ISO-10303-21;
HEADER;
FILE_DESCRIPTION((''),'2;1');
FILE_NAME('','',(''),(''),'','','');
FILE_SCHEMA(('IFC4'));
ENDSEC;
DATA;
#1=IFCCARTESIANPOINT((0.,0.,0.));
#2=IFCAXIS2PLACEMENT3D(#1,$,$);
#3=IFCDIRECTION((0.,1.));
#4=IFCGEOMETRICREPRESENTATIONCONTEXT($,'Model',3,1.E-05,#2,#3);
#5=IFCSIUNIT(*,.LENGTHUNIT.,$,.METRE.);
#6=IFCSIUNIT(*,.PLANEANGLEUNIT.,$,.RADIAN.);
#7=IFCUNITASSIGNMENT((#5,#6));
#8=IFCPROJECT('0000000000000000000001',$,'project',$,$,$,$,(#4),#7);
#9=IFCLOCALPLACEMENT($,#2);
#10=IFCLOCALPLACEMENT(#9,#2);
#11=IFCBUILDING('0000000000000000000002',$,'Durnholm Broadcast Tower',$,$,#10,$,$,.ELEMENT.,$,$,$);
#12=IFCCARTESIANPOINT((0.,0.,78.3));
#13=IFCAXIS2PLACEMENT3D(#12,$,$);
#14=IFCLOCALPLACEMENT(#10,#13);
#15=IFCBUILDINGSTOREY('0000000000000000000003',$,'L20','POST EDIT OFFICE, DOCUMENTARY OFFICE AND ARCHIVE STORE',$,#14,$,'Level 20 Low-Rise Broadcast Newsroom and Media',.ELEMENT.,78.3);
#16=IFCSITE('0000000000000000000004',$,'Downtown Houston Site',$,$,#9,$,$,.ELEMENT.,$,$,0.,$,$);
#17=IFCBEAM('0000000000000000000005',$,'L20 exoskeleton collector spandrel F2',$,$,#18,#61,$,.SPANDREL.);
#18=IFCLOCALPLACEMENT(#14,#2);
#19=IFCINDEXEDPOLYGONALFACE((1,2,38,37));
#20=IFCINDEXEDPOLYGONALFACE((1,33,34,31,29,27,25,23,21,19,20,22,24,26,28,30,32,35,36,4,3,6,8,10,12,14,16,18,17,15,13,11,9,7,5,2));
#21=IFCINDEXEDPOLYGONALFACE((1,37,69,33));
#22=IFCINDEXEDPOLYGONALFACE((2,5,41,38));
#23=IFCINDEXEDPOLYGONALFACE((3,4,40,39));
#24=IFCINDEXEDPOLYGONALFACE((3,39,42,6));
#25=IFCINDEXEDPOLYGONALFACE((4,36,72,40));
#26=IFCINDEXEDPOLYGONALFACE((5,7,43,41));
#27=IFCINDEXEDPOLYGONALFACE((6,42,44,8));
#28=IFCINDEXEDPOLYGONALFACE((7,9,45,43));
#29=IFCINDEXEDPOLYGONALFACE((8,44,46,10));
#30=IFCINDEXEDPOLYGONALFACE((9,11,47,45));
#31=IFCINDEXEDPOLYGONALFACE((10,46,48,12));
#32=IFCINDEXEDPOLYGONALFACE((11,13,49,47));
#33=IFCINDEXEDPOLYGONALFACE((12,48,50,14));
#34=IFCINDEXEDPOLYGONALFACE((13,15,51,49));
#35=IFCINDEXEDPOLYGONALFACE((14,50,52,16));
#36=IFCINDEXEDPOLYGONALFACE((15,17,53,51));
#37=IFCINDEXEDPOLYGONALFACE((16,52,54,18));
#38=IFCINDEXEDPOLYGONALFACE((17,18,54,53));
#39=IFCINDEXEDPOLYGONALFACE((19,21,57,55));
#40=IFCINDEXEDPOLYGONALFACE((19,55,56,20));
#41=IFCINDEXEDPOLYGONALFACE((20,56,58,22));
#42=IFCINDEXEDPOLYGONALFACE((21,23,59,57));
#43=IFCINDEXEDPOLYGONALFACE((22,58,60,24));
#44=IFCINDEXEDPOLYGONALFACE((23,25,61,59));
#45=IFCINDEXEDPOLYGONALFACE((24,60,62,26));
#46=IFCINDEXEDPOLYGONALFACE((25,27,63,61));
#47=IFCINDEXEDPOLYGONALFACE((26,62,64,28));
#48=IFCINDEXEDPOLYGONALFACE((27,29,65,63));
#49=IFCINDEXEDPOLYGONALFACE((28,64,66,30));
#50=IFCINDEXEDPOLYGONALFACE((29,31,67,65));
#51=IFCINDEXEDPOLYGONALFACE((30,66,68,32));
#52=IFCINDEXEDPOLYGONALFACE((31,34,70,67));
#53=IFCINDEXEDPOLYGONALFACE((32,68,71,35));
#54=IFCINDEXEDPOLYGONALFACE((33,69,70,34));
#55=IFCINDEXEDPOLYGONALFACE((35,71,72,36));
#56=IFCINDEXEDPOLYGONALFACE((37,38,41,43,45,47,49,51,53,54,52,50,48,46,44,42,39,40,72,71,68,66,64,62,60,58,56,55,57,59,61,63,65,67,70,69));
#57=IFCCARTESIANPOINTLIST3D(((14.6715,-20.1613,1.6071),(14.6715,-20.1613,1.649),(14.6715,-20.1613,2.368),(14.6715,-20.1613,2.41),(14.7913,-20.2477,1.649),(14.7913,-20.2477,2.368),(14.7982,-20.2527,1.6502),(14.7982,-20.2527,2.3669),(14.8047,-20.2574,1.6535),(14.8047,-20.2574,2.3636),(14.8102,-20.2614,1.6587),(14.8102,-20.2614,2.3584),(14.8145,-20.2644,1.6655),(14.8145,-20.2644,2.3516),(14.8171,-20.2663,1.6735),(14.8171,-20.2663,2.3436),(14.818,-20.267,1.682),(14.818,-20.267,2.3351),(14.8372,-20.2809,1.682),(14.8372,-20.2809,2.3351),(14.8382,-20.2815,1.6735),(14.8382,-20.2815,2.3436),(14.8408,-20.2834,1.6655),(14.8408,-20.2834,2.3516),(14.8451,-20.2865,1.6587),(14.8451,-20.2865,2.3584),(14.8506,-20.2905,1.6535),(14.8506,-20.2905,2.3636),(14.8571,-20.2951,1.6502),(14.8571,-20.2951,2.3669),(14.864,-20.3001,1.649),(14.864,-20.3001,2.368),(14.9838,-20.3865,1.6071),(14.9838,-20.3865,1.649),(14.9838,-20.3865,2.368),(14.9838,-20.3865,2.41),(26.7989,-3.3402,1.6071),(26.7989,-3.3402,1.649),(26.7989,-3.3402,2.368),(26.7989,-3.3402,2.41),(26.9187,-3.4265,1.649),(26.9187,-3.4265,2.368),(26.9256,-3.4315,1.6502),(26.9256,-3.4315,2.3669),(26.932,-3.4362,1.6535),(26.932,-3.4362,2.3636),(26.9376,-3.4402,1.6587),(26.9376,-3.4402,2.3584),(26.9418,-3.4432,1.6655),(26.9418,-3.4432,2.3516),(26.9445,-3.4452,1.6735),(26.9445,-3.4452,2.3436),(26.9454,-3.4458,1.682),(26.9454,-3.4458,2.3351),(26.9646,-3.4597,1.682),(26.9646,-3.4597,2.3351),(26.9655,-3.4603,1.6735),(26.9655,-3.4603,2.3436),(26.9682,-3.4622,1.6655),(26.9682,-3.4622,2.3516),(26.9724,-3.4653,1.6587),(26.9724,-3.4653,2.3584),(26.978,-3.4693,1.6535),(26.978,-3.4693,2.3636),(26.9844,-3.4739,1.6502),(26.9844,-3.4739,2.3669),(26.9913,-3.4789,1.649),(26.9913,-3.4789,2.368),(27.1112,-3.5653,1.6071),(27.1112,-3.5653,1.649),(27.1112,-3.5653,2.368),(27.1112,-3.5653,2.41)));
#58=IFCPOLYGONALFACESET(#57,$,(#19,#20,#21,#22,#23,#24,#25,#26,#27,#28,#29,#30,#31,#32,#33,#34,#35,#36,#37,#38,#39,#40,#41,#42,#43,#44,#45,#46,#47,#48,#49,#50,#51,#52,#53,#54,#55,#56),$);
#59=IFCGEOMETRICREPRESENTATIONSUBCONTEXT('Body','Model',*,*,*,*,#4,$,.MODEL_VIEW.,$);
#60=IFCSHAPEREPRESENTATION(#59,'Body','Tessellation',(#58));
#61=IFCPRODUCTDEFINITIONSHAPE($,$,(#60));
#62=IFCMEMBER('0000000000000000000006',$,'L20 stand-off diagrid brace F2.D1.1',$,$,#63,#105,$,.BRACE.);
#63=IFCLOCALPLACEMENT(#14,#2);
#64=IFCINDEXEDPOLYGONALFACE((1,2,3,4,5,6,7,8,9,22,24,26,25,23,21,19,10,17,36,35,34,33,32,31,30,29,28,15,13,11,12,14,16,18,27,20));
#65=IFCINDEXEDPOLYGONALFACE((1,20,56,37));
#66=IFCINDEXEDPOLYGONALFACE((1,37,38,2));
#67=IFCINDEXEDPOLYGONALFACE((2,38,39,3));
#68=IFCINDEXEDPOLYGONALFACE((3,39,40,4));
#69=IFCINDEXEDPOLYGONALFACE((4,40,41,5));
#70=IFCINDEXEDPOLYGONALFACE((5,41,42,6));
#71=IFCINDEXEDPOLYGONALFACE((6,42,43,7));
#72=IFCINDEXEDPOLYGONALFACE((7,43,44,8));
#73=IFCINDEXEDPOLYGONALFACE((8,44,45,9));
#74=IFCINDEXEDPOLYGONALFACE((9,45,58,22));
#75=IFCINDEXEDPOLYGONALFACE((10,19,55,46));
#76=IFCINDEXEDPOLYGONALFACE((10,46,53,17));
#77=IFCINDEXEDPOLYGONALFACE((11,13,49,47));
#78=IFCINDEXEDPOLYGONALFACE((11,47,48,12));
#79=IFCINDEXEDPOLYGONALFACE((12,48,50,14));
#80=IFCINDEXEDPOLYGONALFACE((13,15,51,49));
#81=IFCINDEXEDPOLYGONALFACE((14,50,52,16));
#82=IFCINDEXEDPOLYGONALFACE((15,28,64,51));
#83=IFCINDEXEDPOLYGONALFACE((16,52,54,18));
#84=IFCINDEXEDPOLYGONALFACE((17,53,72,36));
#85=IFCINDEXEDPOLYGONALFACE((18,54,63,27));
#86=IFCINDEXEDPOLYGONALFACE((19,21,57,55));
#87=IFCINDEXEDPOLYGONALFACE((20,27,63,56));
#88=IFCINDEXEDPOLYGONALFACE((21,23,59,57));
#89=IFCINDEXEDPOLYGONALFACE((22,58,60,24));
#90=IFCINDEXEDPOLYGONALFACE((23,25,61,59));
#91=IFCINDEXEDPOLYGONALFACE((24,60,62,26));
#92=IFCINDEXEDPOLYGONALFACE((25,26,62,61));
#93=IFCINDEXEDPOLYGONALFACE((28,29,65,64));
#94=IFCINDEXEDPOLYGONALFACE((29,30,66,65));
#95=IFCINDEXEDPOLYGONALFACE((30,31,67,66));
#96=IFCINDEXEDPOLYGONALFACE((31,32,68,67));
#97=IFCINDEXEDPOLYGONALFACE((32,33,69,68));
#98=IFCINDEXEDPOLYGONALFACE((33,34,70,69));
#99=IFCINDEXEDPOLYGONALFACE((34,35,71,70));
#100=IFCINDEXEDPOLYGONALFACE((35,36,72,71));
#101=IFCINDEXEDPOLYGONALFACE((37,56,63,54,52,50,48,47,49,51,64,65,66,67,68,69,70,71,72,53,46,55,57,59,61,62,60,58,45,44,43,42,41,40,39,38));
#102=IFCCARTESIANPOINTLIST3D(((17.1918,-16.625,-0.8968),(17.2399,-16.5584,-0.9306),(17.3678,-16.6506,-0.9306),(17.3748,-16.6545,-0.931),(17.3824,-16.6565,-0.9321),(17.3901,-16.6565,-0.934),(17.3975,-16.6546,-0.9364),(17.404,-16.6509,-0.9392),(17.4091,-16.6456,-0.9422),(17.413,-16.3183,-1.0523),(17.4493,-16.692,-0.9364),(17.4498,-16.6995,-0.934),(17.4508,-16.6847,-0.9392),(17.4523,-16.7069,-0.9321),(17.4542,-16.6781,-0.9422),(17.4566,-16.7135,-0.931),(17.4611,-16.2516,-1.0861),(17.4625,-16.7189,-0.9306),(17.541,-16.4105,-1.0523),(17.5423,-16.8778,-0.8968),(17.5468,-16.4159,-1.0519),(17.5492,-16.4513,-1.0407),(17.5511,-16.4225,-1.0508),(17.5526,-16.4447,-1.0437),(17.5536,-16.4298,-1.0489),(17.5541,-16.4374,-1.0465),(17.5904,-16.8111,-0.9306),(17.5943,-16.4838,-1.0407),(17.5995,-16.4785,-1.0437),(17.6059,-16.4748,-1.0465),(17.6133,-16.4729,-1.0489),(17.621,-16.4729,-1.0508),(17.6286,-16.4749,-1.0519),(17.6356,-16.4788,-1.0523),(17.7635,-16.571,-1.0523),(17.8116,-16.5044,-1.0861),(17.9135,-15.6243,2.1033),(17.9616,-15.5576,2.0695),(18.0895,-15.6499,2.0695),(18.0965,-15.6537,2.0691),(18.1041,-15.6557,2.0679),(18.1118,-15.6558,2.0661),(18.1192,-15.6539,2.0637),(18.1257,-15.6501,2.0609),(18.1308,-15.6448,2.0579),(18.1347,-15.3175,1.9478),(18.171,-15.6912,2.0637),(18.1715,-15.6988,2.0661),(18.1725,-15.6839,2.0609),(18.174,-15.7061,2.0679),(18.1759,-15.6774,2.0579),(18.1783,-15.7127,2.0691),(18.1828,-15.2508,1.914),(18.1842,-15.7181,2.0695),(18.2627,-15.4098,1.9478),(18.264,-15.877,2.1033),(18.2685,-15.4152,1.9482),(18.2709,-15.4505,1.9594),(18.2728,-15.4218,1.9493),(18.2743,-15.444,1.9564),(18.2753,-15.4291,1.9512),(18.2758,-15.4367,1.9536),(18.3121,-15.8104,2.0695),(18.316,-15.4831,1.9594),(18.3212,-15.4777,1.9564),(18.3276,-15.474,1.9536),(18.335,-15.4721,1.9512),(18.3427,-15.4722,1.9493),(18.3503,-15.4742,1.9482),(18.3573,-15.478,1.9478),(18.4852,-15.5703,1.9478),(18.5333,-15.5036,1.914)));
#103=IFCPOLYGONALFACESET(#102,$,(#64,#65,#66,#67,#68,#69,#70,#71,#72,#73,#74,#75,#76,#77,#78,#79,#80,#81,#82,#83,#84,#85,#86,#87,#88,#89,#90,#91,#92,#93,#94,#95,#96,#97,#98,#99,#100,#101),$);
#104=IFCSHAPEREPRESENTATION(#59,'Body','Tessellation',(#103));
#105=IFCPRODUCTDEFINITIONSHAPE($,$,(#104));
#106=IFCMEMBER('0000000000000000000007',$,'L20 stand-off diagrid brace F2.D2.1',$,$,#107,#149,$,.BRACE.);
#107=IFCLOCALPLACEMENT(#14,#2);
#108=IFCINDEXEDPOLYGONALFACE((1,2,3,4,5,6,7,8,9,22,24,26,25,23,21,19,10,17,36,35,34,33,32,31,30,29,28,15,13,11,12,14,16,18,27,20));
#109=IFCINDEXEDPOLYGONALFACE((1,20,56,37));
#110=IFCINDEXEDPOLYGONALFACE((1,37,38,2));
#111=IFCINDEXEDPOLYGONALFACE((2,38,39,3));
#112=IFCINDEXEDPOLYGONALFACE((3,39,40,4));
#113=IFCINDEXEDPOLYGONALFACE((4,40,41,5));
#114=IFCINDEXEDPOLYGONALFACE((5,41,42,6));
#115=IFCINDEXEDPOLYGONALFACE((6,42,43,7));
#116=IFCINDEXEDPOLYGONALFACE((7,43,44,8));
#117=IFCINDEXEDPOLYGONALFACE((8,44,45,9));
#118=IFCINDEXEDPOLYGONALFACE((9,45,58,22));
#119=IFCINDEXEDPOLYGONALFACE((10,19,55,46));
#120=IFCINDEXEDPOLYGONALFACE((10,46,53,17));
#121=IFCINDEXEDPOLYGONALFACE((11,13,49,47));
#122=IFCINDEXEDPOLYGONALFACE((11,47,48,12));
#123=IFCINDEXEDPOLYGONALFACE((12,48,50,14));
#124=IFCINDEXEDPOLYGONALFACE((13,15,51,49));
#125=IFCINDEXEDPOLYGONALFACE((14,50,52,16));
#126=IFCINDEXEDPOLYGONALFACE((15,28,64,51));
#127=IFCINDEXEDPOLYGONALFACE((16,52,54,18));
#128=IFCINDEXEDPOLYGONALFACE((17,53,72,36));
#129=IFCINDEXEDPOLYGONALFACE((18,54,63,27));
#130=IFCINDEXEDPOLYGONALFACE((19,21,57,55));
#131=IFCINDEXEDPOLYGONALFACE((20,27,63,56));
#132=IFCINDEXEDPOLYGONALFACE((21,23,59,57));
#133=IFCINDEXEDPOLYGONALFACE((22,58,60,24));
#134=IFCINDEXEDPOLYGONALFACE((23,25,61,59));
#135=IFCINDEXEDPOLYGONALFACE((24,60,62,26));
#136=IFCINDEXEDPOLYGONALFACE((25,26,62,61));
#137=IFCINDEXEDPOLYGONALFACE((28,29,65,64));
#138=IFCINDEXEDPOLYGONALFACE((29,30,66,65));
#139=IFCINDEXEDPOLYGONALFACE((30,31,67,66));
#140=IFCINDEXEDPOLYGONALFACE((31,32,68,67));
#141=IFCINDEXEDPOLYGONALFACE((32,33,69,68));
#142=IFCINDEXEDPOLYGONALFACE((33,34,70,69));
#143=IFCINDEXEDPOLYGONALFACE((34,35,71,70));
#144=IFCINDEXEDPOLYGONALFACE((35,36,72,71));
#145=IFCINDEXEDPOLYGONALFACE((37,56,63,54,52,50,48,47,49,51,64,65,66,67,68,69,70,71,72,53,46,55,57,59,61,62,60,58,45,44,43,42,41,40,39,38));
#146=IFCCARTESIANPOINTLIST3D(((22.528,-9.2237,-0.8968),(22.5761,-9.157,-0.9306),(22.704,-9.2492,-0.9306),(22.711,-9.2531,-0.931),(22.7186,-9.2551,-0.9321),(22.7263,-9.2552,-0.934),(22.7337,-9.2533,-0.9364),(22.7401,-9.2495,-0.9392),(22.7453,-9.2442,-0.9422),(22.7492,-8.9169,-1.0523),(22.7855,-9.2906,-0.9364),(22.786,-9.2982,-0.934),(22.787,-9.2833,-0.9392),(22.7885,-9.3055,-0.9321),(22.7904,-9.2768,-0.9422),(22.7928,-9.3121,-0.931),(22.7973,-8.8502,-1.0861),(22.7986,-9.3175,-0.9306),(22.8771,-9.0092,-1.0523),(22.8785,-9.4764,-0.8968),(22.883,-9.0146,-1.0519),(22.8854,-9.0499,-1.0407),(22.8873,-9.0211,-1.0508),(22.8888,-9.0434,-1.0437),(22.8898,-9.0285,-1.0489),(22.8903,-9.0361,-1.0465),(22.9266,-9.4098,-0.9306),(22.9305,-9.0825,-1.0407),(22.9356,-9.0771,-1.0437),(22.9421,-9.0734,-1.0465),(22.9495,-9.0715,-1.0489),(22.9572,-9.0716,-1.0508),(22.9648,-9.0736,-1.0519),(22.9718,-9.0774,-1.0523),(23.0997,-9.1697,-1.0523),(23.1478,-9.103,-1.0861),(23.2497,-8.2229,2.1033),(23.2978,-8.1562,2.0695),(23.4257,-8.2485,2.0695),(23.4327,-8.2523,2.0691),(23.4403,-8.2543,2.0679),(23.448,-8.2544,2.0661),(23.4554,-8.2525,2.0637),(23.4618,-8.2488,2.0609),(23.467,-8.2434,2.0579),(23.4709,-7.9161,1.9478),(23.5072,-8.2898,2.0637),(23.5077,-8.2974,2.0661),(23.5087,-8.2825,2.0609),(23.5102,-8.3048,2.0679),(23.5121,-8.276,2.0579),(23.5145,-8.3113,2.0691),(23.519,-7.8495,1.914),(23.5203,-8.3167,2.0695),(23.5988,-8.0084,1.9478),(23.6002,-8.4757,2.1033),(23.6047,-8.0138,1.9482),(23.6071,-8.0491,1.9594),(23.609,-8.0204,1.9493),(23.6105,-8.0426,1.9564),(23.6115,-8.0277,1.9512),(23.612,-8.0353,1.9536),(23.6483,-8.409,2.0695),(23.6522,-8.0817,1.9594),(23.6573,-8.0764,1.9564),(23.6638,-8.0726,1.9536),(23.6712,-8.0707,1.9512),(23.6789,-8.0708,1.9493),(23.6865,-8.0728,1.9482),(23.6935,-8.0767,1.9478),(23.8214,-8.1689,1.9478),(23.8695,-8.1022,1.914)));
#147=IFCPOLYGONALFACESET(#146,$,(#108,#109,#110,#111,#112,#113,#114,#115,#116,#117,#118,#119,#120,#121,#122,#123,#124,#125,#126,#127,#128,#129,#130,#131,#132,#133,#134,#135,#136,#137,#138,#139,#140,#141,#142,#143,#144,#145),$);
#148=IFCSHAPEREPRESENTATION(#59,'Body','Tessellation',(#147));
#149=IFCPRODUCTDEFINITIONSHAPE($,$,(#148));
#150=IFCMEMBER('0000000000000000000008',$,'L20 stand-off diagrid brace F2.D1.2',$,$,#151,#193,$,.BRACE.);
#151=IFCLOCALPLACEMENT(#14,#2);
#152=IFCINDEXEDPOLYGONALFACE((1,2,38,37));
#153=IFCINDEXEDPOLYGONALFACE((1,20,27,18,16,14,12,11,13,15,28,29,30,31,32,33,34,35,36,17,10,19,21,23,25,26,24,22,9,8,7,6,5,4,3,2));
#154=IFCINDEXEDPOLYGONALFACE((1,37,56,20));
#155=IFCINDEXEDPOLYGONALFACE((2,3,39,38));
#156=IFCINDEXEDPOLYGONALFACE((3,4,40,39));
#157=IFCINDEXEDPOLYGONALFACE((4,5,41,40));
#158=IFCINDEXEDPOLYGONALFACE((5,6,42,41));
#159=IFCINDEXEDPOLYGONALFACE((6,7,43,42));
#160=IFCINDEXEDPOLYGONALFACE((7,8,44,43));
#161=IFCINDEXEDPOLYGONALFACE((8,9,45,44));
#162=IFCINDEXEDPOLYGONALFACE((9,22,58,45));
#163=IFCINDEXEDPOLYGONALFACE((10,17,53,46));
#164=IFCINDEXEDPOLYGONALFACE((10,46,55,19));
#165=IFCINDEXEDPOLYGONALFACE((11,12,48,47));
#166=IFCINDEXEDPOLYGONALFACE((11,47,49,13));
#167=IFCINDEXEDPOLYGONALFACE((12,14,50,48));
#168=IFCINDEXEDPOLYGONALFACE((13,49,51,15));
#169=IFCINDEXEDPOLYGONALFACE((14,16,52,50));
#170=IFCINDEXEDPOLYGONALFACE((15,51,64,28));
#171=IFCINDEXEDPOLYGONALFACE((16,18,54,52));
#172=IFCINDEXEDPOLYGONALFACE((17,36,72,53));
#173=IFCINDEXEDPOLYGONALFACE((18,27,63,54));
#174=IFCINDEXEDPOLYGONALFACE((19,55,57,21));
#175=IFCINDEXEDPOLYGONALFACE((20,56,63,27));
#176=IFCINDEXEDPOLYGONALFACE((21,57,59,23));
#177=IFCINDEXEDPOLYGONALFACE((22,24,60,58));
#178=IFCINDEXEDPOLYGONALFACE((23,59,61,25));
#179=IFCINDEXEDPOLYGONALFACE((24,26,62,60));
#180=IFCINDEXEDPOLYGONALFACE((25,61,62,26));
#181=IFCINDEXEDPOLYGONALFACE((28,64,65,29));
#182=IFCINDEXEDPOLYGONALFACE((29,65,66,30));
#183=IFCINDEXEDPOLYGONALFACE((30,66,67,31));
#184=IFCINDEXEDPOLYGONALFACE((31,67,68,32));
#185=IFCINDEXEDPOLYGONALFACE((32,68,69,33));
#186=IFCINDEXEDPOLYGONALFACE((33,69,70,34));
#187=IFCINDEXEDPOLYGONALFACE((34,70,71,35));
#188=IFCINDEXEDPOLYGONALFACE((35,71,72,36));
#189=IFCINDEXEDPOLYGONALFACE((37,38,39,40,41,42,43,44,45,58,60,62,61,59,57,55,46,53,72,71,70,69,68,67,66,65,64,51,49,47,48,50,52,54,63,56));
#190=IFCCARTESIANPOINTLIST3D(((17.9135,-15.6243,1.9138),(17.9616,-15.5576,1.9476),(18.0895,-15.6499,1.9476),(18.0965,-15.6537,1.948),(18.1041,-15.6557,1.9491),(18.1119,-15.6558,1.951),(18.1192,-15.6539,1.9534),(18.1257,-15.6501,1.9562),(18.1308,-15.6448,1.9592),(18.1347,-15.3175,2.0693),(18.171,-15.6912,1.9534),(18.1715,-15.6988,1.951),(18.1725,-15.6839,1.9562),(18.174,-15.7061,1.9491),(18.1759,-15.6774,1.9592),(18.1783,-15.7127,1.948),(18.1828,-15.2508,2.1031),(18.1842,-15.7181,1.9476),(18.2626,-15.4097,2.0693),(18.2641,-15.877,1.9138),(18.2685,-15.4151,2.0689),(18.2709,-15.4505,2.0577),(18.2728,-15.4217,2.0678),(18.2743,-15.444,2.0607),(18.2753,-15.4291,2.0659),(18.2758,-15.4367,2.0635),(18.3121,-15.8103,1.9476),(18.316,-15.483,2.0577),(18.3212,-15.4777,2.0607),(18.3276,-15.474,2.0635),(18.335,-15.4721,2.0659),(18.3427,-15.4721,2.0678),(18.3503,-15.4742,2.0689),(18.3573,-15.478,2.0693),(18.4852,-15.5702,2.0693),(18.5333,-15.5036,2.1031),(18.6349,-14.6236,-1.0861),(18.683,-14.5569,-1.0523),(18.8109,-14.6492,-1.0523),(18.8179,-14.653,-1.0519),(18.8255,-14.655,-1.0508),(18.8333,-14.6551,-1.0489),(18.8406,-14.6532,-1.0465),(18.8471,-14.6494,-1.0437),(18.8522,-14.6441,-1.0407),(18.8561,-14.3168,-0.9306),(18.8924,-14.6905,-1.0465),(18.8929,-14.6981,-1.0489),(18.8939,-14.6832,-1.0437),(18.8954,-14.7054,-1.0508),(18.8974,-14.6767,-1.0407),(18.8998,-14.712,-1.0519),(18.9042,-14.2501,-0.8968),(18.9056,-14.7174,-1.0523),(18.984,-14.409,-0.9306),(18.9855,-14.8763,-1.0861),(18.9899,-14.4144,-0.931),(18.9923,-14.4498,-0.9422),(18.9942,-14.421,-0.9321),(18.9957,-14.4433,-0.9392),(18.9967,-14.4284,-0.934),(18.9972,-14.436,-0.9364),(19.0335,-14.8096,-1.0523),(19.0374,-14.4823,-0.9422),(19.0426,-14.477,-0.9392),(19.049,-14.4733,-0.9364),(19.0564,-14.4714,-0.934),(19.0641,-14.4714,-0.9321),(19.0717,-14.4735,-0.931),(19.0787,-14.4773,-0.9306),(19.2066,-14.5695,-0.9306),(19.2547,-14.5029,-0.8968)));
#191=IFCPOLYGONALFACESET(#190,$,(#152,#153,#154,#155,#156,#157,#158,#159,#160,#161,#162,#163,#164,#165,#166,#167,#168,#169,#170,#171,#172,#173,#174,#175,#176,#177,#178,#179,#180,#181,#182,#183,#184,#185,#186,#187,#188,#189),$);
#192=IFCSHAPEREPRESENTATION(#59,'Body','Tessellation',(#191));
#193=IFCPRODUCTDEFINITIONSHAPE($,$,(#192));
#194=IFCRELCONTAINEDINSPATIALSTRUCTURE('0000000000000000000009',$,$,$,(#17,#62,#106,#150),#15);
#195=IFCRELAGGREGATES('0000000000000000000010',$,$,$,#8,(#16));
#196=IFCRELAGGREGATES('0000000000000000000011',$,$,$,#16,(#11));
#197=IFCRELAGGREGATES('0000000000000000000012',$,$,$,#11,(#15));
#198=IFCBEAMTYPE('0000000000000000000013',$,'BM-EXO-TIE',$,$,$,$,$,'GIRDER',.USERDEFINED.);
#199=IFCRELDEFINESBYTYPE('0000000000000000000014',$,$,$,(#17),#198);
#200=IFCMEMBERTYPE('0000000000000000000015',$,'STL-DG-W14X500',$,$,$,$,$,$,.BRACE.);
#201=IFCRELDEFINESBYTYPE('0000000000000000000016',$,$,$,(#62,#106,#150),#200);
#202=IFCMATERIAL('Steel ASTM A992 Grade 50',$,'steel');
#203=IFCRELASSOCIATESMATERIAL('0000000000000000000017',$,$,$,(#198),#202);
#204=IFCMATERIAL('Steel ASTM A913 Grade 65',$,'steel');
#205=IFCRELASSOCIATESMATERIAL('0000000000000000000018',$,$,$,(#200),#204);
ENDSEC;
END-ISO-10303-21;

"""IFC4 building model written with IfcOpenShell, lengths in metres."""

from ifc_helpers import new_model, si_unit, direction, frame, origin, origin_2d, place, context, subcontext, project, spatial, i_section, extrude, source, transform, mapped, material, material_profile, profile_set, type_object, type_shapes, element, save


model = new_model("IFC4")

# Units and contexts
model_context = context("Model", 3, precision=1e-05, world=origin(), true_north=direction((0.0, 1.0)))
body_context = subcontext(model_context, "Body", "Model", "MODEL_VIEW")
ifc_project = project(units=[si_unit("LENGTHUNIT", "METRE"), si_unit("PLANEANGLEUNIT", "RADIAN")], contexts=[model_context])

# Site, building, storey
site_placement = place(None, origin())
site = spatial("IfcSite", under=ifc_project, at=site_placement, Name="Downtown Houston Site", CompositionType="ELEMENT", RefElevation=0.0)
building_placement = place(site_placement, origin())
building = spatial("IfcBuilding", under=site, at=building_placement, Name="Durnholm Broadcast Tower", CompositionType="ELEMENT")
storey_placement = place(building_placement, frame((0.0, 0.0, 78.3)))
storey = spatial("IfcBuildingStorey", under=building, at=storey_placement, Name="L20", Description="POST EDIT OFFICE, DOCUMENTARY OFFICE AND ARCHIVE STORE", LongName="Level 20 Low-Rise Broadcast Newsroom and Media", CompositionType="ELEMENT", Elevation=78.3)

# Beam
ifc_material_1 = material(Name="Steel ASTM A992 Grade 50", Category="steel")
ifc_material_profile_1 = material_profile(ifc_material_1, i_section(OverallWidth=0.385, OverallDepth=0.803, WebThickness=0.0237, FlangeThickness=0.042, FilletRadius=0.033, at=origin_2d()), Name="W30X261")
ifc_profile_set_1 = profile_set([ifc_material_profile_1], Name="Steel ASTM A992 Grade 50")
beam_type = type_object("IfcBeamType", Name="BM-EXO-TIE", ElementType="GIRDER", PredefinedType="USERDEFINED", material=ifc_profile_set_1)
shared_shape_1 = source(origin(), body_context, "Body", "SweptSolid", [
    extrude(i_section(OverallWidth=0.385, OverallDepth=0.803, WebThickness=0.0237, FlangeThickness=0.042, FilletRadius=0.033, at=origin_2d()), origin(), (0.0, 0.0, 1.0), 20.7371),
])
type_shapes(beam_type, [shared_shape_1])
beam_placement = place(storey_placement, frame((14.8276, -20.2739, 2.0085), z_axis=(0.584816, 0.811166, 0.0), x_axis=(-0.811166, 0.584816, 0.0)))
element("IfcBeam", 1, at=beam_placement, inside=storey, type_object=beam_type, Name="L20 exoskeleton collector spandrel F2", PredefinedType="SPANDREL", context=body_context, shape_type="MappedRepresentation", body=[
    mapped(shared_shape_1, transform((0.0, 0.0, 0.0), x_axis=(1.0, 0.0, 0.0), y_axis=(0.0, 1.0, 0.0), z_axis=(0.0, 0.0, 1.0), scale=1.0)),
])

# Members
ifc_material_2 = material(Name="Steel ASTM A913 Grade 65", Category="steel")
ifc_material_profile_2 = material_profile(ifc_material_2, i_section(OverallWidth=0.4321, OverallDepth=0.4978, WebThickness=0.0557, FlangeThickness=0.0889, FilletRadius=0.0305, at=origin_2d()), Name="W14X500")
ifc_profile_set_2 = profile_set([ifc_material_profile_2], Name="Steel ASTM A913 Grade 65")
member_type_1 = type_object("IfcMemberType", Name="STL-DG-W14X500", PredefinedType="BRACE", material=ifc_profile_set_2)
shared_shape_2 = source(origin(), body_context, "Body", "SweptSolid", [
    extrude(i_section(OverallWidth=0.4321, OverallDepth=0.4978, WebThickness=0.0557, FlangeThickness=0.0889, FilletRadius=0.0305, at=origin_2d()), origin(), (0.0, 0.0, 1.0), 3.2439),
])
for number, where, z_axis, x_axis, name in (
    (2, (17.5017, -16.5647, -0.9915), (0.222479, 0.308505, 0.924839), (-0.811091, 0.58492, 0.0), "L20 stand-off diagrid brace F2.D1.1"),
    (3, (22.8379, -9.1633, -0.9915), (0.222479, 0.308505, 0.924839), (-0.811091, 0.58492, 0.0), "L20 stand-off diagrid brace F2.D2.1"),
):
    element("IfcMember", number, at=place(storey_placement, frame(where, z_axis=z_axis, x_axis=x_axis)), inside=storey, type_object=member_type_1, Name=name, PredefinedType="BRACE", context=body_context, shape_type="MappedRepresentation", body=[
        mapped(shared_shape_2, transform((0.0, 0.0, 0.0), x_axis=(1.0, 0.0, 0.0), y_axis=(0.0, 1.0, 0.0), z_axis=(0.0, 0.0, 1.0), scale=1.0)),
    ])
shared_shape_3 = source(origin(), body_context, "Body", "SweptSolid", [
    extrude(i_section(OverallWidth=0.4321, OverallDepth=0.4978, WebThickness=0.0557, FlangeThickness=0.0889, FilletRadius=0.0305, at=origin_2d()), origin(), (0.0, 0.0, 1.0), 3.2437),
])
type_shapes(member_type_1, [shared_shape_2, shared_shape_3])
member_1_placement = place(storey_placement, frame((18.9448, -14.5632, -0.9915), z_axis=(-0.222408, -0.308511, 0.924855), x_axis=(0.811185, -0.584789, 0.0)))
element("IfcMember", 4, at=member_1_placement, inside=storey, type_object=member_type_1, Name="L20 stand-off diagrid brace F2.D1.2", PredefinedType="BRACE", context=body_context, shape_type="MappedRepresentation", body=[
    mapped(shared_shape_3, transform((0.0, 0.0, 0.0), x_axis=(1.0, 0.0, 0.0), y_axis=(0.0, 1.0, 0.0), z_axis=(0.0, 0.0, 1.0), scale=1.0)),
])

save(model, "model.ifc")
